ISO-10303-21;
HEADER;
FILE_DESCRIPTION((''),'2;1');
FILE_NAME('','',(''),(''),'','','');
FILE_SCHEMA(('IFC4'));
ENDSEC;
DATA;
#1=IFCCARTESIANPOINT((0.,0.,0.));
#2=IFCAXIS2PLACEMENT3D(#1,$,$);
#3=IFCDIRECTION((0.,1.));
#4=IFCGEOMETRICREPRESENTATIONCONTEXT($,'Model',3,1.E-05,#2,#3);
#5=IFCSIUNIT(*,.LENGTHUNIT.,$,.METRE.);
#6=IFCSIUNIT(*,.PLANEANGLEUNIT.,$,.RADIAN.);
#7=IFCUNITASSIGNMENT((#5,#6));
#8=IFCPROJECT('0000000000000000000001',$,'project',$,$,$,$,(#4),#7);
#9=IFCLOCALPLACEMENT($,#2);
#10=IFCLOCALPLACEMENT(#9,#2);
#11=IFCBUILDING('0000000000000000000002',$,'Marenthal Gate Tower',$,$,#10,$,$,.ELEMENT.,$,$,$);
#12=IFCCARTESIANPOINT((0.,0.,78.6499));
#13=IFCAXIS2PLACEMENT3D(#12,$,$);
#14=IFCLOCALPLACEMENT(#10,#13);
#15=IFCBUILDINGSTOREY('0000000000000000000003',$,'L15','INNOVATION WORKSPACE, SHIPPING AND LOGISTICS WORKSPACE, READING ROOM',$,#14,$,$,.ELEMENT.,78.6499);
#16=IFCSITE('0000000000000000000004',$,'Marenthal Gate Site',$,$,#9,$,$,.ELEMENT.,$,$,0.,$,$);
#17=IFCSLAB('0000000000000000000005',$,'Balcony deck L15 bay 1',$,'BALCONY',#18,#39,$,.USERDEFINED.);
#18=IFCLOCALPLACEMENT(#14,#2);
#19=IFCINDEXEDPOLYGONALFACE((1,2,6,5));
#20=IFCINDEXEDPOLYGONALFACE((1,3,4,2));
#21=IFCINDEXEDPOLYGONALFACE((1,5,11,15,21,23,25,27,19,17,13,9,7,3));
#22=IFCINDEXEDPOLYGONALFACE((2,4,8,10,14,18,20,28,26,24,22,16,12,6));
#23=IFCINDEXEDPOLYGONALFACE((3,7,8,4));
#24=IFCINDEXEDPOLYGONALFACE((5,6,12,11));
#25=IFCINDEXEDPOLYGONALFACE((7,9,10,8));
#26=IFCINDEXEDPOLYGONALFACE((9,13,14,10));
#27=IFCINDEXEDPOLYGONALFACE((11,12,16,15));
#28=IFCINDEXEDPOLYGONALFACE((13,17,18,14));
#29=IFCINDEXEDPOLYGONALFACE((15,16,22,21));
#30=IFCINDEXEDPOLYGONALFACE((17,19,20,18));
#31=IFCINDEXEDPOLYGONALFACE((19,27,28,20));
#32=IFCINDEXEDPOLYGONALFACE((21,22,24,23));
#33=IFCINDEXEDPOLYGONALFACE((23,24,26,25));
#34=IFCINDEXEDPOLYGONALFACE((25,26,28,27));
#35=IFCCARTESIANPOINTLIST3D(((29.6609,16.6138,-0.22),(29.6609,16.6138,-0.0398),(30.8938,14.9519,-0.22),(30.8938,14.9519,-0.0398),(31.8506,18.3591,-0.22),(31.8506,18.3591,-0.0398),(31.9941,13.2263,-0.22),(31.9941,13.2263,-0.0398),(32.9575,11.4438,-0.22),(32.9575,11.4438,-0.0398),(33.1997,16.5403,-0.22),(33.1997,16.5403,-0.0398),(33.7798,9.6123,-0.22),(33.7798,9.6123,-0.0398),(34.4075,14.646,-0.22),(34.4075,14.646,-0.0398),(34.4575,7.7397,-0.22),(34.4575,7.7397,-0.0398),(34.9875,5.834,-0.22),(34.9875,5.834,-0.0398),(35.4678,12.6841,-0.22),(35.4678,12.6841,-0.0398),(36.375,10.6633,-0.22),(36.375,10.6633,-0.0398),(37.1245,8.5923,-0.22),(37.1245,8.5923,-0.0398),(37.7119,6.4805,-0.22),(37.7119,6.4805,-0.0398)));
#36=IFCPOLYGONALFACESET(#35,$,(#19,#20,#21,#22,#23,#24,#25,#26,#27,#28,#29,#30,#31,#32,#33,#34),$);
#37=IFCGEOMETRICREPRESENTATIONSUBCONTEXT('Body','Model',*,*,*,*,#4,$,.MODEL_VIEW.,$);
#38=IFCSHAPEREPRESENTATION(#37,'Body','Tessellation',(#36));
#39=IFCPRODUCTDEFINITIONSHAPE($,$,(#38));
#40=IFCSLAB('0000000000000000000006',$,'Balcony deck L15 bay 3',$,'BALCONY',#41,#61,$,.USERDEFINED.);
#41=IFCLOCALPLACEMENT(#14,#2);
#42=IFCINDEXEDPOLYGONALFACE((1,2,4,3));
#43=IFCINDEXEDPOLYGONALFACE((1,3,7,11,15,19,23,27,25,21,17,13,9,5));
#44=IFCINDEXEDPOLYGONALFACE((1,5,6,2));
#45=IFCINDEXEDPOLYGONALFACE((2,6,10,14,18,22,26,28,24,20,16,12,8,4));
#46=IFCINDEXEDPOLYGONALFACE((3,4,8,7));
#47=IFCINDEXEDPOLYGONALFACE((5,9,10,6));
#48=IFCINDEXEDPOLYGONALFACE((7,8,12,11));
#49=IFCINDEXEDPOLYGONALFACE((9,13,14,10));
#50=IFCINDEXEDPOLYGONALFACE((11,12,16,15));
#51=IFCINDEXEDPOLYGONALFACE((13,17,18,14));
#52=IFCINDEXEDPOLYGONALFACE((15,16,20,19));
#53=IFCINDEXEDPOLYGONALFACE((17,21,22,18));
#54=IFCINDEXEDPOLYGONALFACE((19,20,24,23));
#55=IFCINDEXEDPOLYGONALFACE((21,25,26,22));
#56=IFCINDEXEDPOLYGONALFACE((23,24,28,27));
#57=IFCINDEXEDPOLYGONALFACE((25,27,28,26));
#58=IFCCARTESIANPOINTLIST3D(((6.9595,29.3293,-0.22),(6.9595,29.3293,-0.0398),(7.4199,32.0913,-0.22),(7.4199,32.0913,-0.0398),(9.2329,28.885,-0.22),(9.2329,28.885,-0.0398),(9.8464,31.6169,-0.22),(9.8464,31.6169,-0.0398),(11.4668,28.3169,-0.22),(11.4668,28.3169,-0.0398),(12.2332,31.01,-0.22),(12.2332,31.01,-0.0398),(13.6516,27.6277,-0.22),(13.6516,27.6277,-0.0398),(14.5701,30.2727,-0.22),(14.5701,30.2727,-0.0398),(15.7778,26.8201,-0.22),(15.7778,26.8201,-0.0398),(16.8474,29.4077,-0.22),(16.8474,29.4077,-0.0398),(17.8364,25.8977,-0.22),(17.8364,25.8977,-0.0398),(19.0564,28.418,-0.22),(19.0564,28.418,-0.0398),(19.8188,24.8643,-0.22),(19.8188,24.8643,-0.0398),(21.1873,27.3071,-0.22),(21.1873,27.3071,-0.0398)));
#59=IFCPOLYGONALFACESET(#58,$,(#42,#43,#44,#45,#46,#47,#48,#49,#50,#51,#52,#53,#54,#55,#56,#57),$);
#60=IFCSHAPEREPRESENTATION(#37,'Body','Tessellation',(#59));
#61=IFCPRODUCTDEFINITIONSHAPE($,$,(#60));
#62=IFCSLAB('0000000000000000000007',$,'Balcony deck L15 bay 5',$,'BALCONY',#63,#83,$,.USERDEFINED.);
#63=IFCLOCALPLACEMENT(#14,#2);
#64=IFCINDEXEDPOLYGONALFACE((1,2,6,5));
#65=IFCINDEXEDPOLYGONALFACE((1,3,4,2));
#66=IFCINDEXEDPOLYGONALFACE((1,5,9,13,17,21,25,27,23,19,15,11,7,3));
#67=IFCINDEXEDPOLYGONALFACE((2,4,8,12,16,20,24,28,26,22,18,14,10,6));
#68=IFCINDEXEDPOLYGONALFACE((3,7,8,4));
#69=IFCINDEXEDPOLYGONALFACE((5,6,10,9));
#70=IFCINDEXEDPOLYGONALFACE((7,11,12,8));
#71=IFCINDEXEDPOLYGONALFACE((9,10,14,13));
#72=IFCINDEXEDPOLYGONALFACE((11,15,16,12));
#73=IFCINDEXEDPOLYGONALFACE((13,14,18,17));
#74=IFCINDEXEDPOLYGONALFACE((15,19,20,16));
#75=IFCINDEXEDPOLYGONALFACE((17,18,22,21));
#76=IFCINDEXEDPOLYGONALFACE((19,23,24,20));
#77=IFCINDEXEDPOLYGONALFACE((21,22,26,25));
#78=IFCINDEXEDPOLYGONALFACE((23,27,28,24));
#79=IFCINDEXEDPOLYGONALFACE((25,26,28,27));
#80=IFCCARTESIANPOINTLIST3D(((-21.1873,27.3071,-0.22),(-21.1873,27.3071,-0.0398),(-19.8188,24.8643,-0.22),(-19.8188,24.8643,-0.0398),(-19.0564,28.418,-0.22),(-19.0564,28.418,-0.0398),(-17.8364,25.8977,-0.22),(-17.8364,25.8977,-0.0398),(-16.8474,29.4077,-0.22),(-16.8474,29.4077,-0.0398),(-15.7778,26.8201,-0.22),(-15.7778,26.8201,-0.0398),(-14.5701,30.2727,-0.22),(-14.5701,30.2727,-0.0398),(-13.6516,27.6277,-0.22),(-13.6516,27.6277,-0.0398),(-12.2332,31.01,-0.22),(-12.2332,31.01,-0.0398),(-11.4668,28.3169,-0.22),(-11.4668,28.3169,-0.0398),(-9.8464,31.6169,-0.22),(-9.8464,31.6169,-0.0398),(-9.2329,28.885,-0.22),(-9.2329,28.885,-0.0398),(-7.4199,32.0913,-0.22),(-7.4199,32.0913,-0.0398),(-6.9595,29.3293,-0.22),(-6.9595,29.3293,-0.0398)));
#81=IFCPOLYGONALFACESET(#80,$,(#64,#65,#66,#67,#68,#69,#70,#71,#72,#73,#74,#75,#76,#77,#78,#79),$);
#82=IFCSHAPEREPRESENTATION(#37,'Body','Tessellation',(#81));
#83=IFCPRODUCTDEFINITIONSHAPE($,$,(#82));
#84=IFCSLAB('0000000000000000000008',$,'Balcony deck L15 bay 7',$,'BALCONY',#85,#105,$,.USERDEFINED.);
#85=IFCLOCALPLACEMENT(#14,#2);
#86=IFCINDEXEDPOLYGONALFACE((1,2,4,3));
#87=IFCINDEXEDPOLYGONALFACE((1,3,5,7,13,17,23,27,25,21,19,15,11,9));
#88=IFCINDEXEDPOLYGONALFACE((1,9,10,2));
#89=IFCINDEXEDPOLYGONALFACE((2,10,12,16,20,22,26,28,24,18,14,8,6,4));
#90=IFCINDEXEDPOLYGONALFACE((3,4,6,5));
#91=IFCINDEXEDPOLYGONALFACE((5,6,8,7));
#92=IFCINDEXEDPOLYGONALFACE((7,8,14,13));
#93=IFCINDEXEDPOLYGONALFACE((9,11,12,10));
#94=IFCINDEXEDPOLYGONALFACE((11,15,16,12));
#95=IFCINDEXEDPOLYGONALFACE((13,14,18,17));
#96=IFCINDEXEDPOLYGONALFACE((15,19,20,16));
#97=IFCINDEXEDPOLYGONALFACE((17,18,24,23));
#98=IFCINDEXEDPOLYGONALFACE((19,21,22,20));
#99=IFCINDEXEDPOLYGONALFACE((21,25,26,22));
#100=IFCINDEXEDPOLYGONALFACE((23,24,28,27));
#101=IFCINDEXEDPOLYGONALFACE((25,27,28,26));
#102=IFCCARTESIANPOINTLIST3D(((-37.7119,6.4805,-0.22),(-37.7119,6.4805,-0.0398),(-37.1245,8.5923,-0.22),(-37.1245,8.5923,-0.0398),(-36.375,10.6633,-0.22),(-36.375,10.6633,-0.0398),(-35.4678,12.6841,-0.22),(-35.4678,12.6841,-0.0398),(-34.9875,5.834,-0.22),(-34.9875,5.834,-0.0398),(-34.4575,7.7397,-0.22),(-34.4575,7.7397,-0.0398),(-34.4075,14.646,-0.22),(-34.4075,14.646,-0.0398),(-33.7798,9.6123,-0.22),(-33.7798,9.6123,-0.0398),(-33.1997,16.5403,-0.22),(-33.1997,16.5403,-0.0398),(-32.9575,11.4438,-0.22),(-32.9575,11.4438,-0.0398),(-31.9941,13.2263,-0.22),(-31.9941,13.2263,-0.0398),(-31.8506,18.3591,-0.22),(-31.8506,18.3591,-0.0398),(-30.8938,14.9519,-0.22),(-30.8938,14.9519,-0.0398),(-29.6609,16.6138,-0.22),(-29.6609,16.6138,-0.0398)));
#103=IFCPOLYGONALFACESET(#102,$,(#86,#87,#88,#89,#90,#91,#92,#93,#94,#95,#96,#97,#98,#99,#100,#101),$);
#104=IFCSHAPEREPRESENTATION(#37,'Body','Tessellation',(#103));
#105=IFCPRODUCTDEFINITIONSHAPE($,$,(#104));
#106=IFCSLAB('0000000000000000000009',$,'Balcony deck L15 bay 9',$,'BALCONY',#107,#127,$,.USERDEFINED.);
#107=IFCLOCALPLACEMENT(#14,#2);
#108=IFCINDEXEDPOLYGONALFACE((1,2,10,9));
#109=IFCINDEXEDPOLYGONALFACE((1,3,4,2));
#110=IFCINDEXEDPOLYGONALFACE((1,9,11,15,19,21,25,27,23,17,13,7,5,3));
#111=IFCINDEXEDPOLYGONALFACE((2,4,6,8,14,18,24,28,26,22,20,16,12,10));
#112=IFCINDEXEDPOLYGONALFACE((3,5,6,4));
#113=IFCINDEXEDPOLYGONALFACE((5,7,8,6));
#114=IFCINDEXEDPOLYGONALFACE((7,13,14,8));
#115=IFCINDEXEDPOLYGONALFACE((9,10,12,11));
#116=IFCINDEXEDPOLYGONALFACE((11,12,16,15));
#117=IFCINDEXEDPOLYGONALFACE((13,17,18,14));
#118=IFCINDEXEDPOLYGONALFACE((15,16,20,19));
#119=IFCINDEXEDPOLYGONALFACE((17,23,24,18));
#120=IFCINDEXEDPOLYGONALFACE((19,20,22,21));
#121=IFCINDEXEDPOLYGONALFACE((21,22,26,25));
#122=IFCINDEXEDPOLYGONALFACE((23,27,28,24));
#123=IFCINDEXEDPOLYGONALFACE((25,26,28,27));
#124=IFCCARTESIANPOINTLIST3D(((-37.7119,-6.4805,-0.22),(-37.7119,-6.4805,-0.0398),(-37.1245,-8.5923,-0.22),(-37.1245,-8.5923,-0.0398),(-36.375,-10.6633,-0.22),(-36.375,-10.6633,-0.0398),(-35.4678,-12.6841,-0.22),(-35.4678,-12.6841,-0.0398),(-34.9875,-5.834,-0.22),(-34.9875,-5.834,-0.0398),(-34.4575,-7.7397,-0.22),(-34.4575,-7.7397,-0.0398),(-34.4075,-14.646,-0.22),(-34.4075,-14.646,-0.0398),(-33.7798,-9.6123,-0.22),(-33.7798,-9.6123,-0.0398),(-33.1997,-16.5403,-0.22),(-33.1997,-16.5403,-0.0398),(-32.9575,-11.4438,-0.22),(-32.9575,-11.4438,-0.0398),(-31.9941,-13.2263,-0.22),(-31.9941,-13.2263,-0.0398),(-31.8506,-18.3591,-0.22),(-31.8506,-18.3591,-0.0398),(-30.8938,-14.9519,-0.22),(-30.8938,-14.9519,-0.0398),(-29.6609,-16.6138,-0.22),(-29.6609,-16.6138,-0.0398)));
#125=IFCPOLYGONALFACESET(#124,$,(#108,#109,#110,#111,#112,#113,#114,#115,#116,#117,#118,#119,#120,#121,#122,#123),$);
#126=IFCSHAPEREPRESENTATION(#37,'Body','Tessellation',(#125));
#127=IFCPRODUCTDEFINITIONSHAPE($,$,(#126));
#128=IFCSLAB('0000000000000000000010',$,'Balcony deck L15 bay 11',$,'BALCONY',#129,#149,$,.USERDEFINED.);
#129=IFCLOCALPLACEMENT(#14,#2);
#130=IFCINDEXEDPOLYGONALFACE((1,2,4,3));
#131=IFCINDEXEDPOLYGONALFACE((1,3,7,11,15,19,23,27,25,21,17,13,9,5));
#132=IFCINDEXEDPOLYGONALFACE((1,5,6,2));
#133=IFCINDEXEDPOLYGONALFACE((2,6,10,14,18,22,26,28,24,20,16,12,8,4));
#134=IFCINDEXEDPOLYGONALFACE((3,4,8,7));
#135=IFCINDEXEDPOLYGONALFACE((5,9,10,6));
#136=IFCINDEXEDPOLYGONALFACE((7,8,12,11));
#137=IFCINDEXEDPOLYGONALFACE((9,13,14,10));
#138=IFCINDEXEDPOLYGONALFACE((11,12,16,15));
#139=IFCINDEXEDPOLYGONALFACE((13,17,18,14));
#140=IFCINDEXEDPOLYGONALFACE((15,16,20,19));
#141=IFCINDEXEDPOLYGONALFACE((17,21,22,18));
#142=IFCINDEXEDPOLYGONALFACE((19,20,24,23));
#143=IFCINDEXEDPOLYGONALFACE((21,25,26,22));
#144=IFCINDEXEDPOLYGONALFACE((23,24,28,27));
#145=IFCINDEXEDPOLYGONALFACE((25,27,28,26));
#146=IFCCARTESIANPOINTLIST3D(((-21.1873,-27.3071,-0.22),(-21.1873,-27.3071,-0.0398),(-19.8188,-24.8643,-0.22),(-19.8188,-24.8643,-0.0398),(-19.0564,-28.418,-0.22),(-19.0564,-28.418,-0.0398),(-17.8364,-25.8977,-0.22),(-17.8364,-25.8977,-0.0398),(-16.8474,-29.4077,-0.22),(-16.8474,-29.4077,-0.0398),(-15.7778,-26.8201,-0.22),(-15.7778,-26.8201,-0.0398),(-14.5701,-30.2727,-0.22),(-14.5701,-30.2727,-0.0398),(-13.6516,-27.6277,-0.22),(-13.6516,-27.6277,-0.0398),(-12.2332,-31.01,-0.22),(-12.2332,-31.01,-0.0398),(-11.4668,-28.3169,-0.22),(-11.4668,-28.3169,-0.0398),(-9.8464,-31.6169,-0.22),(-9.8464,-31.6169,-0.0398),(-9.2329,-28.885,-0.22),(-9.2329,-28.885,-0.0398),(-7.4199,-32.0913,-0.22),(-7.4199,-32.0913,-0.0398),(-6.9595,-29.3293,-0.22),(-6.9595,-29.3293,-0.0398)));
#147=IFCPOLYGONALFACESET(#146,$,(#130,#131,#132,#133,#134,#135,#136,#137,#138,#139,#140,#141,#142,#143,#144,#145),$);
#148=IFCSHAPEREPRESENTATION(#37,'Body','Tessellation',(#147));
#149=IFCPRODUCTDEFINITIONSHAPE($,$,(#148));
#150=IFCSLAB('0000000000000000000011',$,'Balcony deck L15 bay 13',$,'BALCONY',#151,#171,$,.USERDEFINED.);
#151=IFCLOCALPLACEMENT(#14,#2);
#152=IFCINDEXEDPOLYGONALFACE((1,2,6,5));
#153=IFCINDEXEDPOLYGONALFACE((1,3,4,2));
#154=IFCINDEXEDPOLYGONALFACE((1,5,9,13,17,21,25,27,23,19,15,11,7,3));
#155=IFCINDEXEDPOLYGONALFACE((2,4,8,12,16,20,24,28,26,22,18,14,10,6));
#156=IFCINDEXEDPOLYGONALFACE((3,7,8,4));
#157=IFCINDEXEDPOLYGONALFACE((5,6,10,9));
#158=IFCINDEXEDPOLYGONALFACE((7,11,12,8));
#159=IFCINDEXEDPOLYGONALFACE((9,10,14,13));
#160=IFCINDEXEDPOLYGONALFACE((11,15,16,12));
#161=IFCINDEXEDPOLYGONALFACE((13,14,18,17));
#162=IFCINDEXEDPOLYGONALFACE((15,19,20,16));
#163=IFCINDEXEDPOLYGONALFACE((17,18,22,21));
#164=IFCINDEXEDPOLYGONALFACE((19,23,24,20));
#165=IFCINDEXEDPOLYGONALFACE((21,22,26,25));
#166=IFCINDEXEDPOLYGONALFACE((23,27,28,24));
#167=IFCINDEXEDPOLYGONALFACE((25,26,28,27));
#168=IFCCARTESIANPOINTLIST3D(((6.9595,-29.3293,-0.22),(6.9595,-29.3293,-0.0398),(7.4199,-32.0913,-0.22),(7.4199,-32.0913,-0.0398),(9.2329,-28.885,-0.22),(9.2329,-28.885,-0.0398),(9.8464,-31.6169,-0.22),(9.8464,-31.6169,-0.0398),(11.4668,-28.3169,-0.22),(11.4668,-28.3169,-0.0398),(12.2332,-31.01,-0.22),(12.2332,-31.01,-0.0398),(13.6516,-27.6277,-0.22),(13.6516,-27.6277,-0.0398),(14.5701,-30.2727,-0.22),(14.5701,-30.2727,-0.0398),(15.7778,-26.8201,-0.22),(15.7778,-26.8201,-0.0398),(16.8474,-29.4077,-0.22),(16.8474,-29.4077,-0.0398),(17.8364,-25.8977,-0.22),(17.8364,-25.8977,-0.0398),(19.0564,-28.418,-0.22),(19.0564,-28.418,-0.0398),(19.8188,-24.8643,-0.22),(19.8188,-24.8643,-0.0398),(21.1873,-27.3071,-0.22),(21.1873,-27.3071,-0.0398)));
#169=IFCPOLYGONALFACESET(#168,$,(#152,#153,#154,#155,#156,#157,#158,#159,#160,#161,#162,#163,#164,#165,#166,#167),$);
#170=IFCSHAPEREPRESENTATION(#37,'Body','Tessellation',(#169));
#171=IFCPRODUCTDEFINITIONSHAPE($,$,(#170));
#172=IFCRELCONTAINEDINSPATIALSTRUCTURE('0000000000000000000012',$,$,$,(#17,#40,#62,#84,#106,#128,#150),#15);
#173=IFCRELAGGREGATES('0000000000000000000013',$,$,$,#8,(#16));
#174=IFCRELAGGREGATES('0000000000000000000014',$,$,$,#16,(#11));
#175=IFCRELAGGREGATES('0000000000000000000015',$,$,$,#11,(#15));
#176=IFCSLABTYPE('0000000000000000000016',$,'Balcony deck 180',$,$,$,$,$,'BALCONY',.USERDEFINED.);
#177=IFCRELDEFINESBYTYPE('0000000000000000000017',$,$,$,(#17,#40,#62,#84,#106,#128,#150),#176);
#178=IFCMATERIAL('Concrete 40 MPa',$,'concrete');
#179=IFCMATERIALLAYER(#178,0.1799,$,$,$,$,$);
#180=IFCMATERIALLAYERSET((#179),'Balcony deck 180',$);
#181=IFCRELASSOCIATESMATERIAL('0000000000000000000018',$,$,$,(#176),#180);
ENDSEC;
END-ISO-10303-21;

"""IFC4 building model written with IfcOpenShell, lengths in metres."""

from ifc_helpers import new_model, si_unit, direction, frame, origin, place, context, subcontext, project, spatial, polyline, outline, extrude, material, layer, layer_set, type_object, element, save


model = new_model("IFC4")

# Units and contexts
model_context = context("Model", 3, precision=1e-05, world=origin(), true_north=direction((0.0, 1.0)))
body_context = subcontext(model_context, "Body", "Model", "MODEL_VIEW")
ifc_project = project(units=[si_unit("LENGTHUNIT", "METRE"), si_unit("PLANEANGLEUNIT", "RADIAN")], contexts=[model_context])

# Site, building, storey
site_placement = place(None, origin())
site = spatial("IfcSite", under=ifc_project, at=site_placement, Name="Marenthal Gate Site", CompositionType="ELEMENT", RefElevation=0.0)
building_placement = place(site_placement, origin())
building = spatial("IfcBuilding", under=site, at=building_placement, Name="Marenthal Gate Tower", CompositionType="ELEMENT")
storey_placement = place(building_placement, frame((0.0, 0.0, 78.6499)))
storey = spatial("IfcBuildingStorey", under=building, at=storey_placement, Name="L15", Description="INNOVATION WORKSPACE, SHIPPING AND LOGISTICS WORKSPACE, READING ROOM", CompositionType="ELEMENT", Elevation=78.6499)

# Slabs
ifc_material_1 = material(Name="Concrete 40 MPa", Category="concrete")
ifc_layer_1 = layer(ifc_material_1, 0.1799)
ifc_layer_set_1 = layer_set([ifc_layer_1], Name="Balcony deck 180")
slab_type_1 = type_object("IfcSlabType", Name="Balcony deck 180", ElementType="BALCONY", PredefinedType="USERDEFINED", material=ifc_layer_set_1)
slab_1_placement = place(storey_placement, frame((0.0, 0.0, -0.22)))
element("IfcSlab", 1, at=slab_1_placement, inside=storey, type_object=slab_type_1, Name="Balcony deck L15 bay 1", ObjectType="BALCONY", PredefinedType="USERDEFINED", context=body_context, shape_type="SweptSolid", body=[
    extrude(outline(polyline([(34.9875, 5.834), (34.4575, 7.7397), (33.7798, 9.6123), (32.9575, 11.4438), (31.9941, 13.2263), (30.8938, 14.9519), (29.6609, 16.6138), (31.8506, 18.3591), (33.1997, 16.5403), (34.4075, 14.646), (35.4678, 12.6841), (36.375, 10.6633), (37.1245, 8.5923), (37.7119, 6.4805), (34.9875, 5.834)])), origin(), (0.0, 0.0, 1.0), 0.1802),
])
slab_2_placement = place(storey_placement, frame((0.0, 0.0, -0.22)))
element("IfcSlab", 2, at=slab_2_placement, inside=storey, type_object=slab_type_1, Name="Balcony deck L15 bay 3", ObjectType="BALCONY", PredefinedType="USERDEFINED", context=body_context, shape_type="SweptSolid", body=[
    extrude(outline(polyline([(19.8188, 24.8643), (17.8364, 25.8977), (15.7778, 26.8201), (13.6516, 27.6277), (11.4668, 28.3169), (9.2329, 28.885), (6.9595, 29.3293), (7.4199, 32.0913), (9.8464, 31.6169), (12.2332, 31.01), (14.5701, 30.2727), (16.8474, 29.4077), (19.0564, 28.418), (21.1873, 27.3071), (19.8188, 24.8643)])), origin(), (0.0, 0.0, 1.0), 0.1802),
])
slab_3_placement = place(storey_placement, frame((0.0, 0.0, -0.22)))
element("IfcSlab", 3, at=slab_3_placement, inside=storey, type_object=slab_type_1, Name="Balcony deck L15 bay 5", ObjectType="BALCONY", PredefinedType="USERDEFINED", context=body_context, shape_type="SweptSolid", body=[
    extrude(outline(polyline([(-6.9595, 29.3293), (-9.2329, 28.885), (-11.4668, 28.3169), (-13.6516, 27.6277), (-15.7778, 26.8201), (-17.8364, 25.8977), (-19.8188, 24.8643), (-21.1873, 27.3071), (-19.0564, 28.418), (-16.8474, 29.4077), (-14.5701, 30.2727), (-12.2332, 31.01), (-9.8464, 31.6169), (-7.4199, 32.0913), (-6.9595, 29.3293)])), origin(), (0.0, 0.0, 1.0), 0.1802),
])
slab_4_placement = place(storey_placement, frame((0.0, 0.0, -0.22)))
element("IfcSlab", 4, at=slab_4_placement, inside=storey, type_object=slab_type_1, Name="Balcony deck L15 bay 7", ObjectType="BALCONY", PredefinedType="USERDEFINED", context=body_context, shape_type="SweptSolid", body=[
    extrude(outline(polyline([(-29.6609, 16.6138), (-30.8938, 14.9519), (-31.9941, 13.2263), (-32.9575, 11.4438), (-33.7798, 9.6123), (-34.4575, 7.7397), (-34.9875, 5.834), (-37.7119, 6.4805), (-37.1245, 8.5923), (-36.375, 10.6633), (-35.4678, 12.6841), (-34.4075, 14.646), (-33.1997, 16.5403), (-31.8506, 18.3591), (-29.6609, 16.6138)])), origin(), (0.0, 0.0, 1.0), 0.1802),
])
slab_5_placement = place(storey_placement, frame((0.0, 0.0, -0.22)))
element("IfcSlab", 5, at=slab_5_placement, inside=storey, type_object=slab_type_1, Name="Balcony deck L15 bay 9", ObjectType="BALCONY", PredefinedType="USERDEFINED", context=body_context, shape_type="SweptSolid", body=[
    extrude(outline(polyline([(-34.9875, -5.834), (-34.4575, -7.7397), (-33.7798, -9.6123), (-32.9575, -11.4438), (-31.9941, -13.2263), (-30.8938, -14.9519), (-29.6609, -16.6138), (-31.8506, -18.3591), (-33.1997, -16.5403), (-34.4075, -14.646), (-35.4678, -12.6841), (-36.375, -10.6633), (-37.1245, -8.5923), (-37.7119, -6.4805), (-34.9875, -5.834)])), origin(), (0.0, 0.0, 1.0), 0.1802),
])
slab_6_placement = place(storey_placement, frame((0.0, 0.0, -0.22)))
element("IfcSlab", 6, at=slab_6_placement, inside=storey, type_object=slab_type_1, Name="Balcony deck L15 bay 11", ObjectType="BALCONY", PredefinedType="USERDEFINED", context=body_context, shape_type="SweptSolid", body=[
    extrude(outline(polyline([(-19.8188, -24.8643), (-17.8364, -25.8977), (-15.7778, -26.8201), (-13.6516, -27.6277), (-11.4668, -28.3169), (-9.2329, -28.885), (-6.9595, -29.3293), (-7.4199, -32.0913), (-9.8464, -31.6169), (-12.2332, -31.01), (-14.5701, -30.2727), (-16.8474, -29.4077), (-19.0564, -28.418), (-21.1873, -27.3071), (-19.8188, -24.8643)])), origin(), (0.0, 0.0, 1.0), 0.1802),
])
slab_7_placement = place(storey_placement, frame((0.0, 0.0, -0.22)))
element("IfcSlab", 7, at=slab_7_placement, inside=storey, type_object=slab_type_1, Name="Balcony deck L15 bay 13", ObjectType="BALCONY", PredefinedType="USERDEFINED", context=body_context, shape_type="SweptSolid", body=[
    extrude(outline(polyline([(6.9595, -29.3293), (9.2329, -28.885), (11.4668, -28.3169), (13.6516, -27.6277), (15.7778, -26.8201), (17.8364, -25.8977), (19.8188, -24.8643), (21.1873, -27.3071), (19.0564, -28.418), (16.8474, -29.4077), (14.5701, -30.2727), (12.2332, -31.01), (9.8464, -31.6169), (7.4199, -32.0913), (6.9595, -29.3293)])), origin(), (0.0, 0.0, 1.0), 0.1802),
])

save(model, "model.ifc")
